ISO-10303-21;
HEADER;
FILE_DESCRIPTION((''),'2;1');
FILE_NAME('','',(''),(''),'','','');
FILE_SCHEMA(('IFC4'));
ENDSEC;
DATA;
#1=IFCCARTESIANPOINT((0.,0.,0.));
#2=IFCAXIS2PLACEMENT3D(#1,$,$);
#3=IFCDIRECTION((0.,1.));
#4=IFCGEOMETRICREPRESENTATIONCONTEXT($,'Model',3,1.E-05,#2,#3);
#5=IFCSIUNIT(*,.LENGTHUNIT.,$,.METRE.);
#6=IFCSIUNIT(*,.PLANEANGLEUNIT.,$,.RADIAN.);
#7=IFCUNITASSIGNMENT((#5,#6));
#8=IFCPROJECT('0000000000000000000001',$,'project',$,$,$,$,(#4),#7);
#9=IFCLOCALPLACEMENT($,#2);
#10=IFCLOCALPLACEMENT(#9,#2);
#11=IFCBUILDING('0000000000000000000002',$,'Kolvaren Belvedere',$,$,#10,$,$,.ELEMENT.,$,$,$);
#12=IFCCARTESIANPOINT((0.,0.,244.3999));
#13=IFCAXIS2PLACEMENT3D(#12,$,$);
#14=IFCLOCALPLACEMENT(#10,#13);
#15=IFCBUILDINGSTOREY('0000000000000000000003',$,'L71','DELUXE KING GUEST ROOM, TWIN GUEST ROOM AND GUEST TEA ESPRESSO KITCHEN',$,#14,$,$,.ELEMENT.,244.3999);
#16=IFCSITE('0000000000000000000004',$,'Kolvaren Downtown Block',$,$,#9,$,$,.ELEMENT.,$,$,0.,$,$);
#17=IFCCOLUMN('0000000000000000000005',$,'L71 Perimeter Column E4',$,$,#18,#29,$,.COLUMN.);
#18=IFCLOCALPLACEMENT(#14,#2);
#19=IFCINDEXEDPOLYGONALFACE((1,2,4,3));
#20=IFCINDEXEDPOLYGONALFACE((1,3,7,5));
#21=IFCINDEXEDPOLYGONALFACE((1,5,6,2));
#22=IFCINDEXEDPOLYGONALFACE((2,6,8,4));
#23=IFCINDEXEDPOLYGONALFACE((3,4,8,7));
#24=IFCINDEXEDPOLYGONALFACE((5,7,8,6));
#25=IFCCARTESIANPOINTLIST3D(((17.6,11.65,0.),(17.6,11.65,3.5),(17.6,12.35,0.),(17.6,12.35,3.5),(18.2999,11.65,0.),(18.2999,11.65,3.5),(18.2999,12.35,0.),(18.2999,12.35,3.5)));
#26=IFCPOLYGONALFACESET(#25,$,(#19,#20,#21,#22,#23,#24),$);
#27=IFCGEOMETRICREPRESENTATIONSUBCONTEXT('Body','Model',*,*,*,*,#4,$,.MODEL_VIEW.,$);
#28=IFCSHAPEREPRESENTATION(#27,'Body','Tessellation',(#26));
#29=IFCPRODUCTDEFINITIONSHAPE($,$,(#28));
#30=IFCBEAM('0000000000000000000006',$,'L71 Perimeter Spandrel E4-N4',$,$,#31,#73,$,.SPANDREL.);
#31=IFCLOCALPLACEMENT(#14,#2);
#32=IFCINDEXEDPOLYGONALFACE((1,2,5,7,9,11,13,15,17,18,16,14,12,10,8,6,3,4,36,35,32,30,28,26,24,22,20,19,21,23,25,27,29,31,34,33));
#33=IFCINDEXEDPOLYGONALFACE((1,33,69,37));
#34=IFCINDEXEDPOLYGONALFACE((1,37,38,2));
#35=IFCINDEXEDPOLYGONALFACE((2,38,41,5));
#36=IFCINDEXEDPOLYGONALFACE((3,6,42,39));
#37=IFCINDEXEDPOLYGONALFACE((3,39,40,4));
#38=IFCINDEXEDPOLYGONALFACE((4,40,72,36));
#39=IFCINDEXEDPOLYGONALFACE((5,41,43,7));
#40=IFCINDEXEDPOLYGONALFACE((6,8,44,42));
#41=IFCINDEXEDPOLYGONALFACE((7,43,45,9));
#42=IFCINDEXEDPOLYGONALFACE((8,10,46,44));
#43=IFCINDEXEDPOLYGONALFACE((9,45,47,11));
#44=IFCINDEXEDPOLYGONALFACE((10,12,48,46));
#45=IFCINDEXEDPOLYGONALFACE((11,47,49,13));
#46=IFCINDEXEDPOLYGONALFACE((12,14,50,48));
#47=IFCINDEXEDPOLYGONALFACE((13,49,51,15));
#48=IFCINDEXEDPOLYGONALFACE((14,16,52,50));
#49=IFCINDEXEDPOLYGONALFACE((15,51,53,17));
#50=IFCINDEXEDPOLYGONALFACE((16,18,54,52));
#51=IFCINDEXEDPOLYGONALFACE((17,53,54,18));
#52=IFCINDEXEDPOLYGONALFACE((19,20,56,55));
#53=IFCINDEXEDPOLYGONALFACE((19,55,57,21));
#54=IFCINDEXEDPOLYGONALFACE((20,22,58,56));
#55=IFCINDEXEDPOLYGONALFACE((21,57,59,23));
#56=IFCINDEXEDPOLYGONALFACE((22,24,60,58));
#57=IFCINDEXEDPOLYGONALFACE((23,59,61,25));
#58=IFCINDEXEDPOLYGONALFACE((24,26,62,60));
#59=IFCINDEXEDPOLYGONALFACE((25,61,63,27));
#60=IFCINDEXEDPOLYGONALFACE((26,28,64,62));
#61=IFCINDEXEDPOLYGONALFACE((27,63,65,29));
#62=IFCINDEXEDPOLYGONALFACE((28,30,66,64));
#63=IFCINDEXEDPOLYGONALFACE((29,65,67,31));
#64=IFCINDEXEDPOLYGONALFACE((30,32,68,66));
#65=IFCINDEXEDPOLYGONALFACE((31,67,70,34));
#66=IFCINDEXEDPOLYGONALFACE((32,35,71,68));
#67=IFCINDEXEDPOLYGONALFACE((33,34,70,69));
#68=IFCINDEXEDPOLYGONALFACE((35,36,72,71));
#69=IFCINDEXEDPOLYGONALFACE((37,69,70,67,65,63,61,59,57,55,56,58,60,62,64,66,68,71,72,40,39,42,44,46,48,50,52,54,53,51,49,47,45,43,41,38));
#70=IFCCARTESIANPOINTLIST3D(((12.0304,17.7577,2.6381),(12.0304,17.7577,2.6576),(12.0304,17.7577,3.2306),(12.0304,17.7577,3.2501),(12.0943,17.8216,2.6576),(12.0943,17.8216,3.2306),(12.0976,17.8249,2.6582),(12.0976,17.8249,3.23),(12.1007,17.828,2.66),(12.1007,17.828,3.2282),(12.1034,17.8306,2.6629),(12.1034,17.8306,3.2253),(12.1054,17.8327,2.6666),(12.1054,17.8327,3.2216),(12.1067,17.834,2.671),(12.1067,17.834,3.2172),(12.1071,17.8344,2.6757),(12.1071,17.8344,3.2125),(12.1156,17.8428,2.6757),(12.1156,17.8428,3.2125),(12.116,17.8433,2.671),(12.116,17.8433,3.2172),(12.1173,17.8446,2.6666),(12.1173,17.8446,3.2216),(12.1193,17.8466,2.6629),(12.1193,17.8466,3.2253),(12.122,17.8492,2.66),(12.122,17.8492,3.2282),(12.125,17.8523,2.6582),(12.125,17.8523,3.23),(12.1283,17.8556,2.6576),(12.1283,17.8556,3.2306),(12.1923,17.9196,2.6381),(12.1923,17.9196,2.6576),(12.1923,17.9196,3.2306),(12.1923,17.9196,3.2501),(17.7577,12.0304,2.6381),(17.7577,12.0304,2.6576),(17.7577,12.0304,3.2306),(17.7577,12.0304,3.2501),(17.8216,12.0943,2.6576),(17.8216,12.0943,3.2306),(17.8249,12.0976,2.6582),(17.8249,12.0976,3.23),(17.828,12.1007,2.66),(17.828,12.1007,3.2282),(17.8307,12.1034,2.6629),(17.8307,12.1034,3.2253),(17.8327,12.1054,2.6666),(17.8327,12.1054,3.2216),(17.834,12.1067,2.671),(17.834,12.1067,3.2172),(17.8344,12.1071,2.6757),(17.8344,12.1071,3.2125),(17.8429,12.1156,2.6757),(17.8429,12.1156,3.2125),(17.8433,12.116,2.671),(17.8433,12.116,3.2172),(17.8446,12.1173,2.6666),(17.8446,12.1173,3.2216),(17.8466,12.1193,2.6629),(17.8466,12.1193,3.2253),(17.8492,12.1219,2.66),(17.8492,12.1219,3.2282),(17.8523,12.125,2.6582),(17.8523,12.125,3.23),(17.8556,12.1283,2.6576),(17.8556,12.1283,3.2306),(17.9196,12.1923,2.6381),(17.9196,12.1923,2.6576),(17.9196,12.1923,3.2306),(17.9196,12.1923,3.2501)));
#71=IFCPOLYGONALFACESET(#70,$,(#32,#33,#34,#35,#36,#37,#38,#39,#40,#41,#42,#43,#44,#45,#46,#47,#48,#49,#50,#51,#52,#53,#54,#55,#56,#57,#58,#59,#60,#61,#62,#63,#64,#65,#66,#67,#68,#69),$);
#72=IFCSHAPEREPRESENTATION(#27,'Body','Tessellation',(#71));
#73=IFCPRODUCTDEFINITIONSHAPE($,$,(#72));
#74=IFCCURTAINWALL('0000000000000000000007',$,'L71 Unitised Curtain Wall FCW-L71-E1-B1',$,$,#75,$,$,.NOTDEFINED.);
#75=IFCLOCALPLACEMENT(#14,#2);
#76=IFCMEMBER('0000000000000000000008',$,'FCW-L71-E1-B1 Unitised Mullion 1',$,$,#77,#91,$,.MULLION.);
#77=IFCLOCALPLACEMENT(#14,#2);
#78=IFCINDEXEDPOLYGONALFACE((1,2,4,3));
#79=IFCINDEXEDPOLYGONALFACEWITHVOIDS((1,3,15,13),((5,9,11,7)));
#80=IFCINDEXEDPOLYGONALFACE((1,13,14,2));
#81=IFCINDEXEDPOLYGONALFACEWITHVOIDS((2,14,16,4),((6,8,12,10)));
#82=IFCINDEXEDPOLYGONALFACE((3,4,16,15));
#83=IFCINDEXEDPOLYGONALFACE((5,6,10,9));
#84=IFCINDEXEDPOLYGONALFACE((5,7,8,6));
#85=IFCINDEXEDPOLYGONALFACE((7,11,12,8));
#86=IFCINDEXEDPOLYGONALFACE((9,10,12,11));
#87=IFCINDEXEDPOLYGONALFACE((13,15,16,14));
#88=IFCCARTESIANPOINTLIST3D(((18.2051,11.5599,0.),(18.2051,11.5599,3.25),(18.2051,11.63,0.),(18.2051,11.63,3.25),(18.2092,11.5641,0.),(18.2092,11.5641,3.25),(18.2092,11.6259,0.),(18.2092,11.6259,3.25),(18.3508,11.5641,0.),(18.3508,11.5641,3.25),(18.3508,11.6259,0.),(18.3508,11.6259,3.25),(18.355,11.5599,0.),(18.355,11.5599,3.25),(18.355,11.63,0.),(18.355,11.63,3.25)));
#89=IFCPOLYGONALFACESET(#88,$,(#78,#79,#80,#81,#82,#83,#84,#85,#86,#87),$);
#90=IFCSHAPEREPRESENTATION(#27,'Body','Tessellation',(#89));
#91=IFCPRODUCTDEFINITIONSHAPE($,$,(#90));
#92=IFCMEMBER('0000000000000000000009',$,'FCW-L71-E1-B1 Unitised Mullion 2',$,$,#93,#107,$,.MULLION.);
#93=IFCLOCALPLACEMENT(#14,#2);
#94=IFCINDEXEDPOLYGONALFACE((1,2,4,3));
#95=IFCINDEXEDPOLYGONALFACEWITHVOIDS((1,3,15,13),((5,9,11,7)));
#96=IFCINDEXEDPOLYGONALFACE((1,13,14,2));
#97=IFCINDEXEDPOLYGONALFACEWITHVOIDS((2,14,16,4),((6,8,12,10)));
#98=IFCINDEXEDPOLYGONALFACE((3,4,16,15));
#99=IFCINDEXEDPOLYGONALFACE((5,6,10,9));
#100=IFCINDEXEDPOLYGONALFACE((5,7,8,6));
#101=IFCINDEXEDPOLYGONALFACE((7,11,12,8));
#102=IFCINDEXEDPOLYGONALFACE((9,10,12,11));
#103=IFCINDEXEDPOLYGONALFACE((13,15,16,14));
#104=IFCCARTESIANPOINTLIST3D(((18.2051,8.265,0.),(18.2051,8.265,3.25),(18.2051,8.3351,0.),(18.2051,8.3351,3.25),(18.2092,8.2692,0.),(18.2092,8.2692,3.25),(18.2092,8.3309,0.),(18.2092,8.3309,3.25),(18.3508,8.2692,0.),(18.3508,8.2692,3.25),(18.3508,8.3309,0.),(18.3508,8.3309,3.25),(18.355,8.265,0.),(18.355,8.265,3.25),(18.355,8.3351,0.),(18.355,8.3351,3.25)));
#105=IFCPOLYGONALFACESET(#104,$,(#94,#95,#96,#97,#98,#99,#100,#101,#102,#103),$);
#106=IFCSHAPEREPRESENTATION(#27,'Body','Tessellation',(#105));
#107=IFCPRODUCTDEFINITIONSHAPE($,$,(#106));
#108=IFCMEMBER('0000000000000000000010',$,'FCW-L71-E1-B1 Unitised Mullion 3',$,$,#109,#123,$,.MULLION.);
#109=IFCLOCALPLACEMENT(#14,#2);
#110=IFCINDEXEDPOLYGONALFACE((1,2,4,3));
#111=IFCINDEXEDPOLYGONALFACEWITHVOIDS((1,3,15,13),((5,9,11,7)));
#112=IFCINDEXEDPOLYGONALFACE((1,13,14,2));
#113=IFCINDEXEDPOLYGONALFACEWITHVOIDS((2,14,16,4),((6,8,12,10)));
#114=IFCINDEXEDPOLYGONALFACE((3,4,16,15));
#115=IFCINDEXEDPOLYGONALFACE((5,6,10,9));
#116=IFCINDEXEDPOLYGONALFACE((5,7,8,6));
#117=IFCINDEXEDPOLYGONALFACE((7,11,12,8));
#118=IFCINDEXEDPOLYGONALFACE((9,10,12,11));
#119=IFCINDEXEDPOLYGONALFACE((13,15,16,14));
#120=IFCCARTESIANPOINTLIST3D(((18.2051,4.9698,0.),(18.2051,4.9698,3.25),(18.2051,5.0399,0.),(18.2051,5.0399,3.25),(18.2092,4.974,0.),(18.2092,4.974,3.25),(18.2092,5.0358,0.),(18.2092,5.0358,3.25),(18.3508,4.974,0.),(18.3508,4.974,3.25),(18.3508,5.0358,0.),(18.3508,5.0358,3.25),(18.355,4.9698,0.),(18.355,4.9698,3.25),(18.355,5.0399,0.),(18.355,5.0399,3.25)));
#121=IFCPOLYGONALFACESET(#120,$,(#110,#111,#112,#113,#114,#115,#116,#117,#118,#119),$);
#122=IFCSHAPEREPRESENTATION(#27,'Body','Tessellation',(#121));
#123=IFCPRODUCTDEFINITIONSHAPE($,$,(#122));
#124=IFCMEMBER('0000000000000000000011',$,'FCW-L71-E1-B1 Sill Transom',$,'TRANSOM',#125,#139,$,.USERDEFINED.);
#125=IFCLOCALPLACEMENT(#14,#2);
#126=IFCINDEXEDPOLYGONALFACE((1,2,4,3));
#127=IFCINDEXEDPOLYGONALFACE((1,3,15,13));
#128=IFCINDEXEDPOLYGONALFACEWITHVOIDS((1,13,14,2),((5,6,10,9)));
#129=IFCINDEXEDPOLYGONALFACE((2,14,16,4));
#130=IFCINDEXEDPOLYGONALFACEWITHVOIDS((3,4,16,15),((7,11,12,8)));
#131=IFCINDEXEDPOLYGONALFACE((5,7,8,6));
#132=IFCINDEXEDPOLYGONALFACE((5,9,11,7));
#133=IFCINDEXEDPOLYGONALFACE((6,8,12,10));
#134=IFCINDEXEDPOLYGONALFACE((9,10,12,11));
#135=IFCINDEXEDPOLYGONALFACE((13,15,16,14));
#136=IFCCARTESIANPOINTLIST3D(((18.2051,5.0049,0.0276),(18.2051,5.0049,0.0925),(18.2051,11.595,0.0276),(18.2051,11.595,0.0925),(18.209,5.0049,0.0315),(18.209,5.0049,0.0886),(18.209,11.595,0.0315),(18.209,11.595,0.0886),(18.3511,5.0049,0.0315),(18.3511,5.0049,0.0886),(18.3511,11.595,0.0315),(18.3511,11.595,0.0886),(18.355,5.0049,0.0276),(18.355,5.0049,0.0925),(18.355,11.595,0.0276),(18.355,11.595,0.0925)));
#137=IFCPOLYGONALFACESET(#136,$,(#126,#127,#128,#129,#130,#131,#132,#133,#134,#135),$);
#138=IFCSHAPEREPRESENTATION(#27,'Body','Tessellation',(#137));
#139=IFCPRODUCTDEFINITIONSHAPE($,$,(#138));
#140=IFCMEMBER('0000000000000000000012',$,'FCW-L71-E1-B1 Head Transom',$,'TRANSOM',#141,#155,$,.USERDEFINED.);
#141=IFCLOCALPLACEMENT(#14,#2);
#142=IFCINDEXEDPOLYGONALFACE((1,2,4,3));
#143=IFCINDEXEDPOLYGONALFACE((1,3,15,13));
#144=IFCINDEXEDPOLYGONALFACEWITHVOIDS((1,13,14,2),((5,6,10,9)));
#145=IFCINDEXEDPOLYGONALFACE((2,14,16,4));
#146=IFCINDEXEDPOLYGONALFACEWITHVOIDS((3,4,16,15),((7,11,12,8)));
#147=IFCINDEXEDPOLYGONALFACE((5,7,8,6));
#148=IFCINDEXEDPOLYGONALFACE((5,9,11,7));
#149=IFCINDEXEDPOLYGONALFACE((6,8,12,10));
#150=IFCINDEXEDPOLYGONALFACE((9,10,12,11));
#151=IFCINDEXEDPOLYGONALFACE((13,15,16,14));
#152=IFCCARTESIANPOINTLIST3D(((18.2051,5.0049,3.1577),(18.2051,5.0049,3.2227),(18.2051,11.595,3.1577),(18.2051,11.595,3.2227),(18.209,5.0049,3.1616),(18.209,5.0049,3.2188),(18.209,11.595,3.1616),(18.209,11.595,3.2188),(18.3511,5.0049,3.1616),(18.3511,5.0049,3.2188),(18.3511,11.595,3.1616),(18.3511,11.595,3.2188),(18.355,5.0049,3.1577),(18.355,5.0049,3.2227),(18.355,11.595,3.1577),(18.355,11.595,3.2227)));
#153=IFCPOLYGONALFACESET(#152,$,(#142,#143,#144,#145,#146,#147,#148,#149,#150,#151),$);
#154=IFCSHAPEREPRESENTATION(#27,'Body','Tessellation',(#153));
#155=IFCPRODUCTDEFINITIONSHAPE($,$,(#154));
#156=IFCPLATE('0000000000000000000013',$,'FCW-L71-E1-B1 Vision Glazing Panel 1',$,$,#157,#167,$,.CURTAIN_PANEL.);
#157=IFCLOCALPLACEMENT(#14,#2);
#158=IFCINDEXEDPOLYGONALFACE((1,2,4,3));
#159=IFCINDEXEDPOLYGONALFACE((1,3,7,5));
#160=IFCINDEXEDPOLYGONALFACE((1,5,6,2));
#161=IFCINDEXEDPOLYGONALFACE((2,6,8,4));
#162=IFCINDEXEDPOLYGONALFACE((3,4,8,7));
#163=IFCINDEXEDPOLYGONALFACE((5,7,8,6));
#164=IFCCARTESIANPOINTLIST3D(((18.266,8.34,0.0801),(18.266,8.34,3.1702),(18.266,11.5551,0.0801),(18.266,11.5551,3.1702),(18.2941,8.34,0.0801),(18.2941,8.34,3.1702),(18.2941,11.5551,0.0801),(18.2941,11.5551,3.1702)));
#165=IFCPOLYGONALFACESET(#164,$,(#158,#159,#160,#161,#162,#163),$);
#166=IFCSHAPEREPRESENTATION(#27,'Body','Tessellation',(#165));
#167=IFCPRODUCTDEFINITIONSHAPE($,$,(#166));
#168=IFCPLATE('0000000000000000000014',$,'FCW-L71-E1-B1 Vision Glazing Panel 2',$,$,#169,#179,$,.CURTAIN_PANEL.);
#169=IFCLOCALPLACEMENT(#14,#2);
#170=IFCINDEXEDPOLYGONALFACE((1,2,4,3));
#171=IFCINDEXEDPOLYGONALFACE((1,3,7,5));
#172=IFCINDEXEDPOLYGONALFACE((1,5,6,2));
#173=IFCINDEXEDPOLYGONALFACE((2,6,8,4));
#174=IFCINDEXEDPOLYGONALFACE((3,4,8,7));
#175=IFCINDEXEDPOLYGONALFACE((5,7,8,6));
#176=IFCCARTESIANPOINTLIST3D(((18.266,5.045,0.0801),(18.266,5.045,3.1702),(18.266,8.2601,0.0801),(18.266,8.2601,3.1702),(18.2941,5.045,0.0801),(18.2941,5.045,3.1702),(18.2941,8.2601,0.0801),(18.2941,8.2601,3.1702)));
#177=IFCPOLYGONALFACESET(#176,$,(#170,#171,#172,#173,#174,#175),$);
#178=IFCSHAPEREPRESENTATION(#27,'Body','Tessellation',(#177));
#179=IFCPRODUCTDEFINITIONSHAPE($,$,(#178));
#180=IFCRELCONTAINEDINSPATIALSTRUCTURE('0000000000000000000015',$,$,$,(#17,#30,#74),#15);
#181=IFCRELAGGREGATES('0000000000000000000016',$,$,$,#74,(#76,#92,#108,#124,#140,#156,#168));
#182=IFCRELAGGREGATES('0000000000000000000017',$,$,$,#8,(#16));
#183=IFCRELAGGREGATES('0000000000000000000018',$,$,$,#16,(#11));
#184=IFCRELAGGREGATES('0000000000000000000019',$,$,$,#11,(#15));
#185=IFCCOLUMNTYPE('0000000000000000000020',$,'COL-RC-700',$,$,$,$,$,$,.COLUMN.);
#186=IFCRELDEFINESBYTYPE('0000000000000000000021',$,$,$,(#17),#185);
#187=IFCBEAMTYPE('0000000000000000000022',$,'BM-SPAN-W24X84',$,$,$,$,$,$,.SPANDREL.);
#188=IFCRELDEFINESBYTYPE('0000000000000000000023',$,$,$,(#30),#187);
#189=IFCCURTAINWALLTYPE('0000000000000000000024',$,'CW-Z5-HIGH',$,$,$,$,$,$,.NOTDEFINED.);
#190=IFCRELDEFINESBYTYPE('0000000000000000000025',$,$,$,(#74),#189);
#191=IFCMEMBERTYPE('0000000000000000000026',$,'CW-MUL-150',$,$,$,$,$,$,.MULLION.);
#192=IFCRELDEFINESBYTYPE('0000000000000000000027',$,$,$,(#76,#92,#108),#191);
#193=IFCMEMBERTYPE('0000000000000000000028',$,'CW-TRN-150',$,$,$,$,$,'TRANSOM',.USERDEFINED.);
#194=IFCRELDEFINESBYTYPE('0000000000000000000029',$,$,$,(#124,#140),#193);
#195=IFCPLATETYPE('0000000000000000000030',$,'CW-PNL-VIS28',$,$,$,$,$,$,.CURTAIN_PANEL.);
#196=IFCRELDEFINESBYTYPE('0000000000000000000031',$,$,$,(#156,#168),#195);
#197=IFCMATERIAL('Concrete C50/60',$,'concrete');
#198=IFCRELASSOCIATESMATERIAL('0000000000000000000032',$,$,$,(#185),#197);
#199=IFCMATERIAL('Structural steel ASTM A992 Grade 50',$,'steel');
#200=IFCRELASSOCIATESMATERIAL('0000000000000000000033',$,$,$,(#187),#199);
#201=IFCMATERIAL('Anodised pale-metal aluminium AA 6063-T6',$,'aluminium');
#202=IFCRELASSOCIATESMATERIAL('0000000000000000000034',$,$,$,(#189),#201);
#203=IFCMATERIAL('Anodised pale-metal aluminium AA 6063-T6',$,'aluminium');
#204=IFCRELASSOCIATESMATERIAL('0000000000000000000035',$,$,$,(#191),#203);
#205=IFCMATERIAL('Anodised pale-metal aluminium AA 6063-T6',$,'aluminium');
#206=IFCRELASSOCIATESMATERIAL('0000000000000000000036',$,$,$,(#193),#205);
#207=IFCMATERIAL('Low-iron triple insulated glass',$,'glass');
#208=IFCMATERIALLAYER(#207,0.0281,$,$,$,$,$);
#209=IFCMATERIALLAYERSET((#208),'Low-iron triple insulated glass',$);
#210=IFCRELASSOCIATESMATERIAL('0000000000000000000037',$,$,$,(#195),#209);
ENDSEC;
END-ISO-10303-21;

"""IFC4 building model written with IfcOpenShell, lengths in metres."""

from ifc_helpers import new_model, si_unit, direction, frame, origin, origin_2d, place, context, subcontext, project, spatial, rectangle, hollow_rectangle, i_section, extrude, material, layer, layer_set, material_profile, profile_set, type_object, element, aggregate, save


model = new_model("IFC4")

# Units and contexts
model_context = context("Model", 3, precision=1e-05, world=origin(), true_north=direction((0.0, 1.0)))
body_context = subcontext(model_context, "Body", "Model", "MODEL_VIEW")
ifc_project = project(units=[si_unit("LENGTHUNIT", "METRE"), si_unit("PLANEANGLEUNIT", "RADIAN")], contexts=[model_context])

# Site, building, storey
site_placement = place(None, origin())
site = spatial("IfcSite", under=ifc_project, at=site_placement, Name="Kolvaren Downtown Block", CompositionType="ELEMENT", RefElevation=0.0)
building_placement = place(site_placement, origin())
building = spatial("IfcBuilding", under=site, at=building_placement, Name="Kolvaren Belvedere", CompositionType="ELEMENT")
storey_placement = place(building_placement, frame((0.0, 0.0, 244.3999)))
storey = spatial("IfcBuildingStorey", under=building, at=storey_placement, Name="L71", Description="DELUXE KING GUEST ROOM, TWIN GUEST ROOM AND GUEST TEA ESPRESSO KITCHEN", CompositionType="ELEMENT", Elevation=244.3999)

# Column
ifc_material_1 = material(Name="Concrete C50/60", Category="concrete")
ifc_material_profile_1 = material_profile(ifc_material_1, rectangle(XDim=0.7, YDim=0.7, at=origin_2d()), Name="RC 700X700")
ifc_profile_set_1 = profile_set([ifc_material_profile_1], Name="Concrete C50/60")
column_type = type_object("IfcColumnType", Name="COL-RC-700", PredefinedType="COLUMN", material=ifc_profile_set_1)
column_placement = place(storey_placement, frame((17.95, 12.0, 0.0), z_axis=(0.0, 0.0, 1.0), x_axis=(1.0, 0.0, 0.0)))
element("IfcColumn", 1, at=column_placement, inside=storey, type_object=column_type, Name="L71 Perimeter Column E4", PredefinedType="COLUMN", context=body_context, shape_type="SweptSolid", body=[
    extrude(rectangle(XDim=0.7, YDim=0.7, at=origin_2d()), origin(), (0.0, 0.0, 1.0), 3.5),
])

# Beam
ifc_material_2 = material(Name="Structural steel ASTM A992 Grade 50", Category="steel")
ifc_material_profile_2 = material_profile(ifc_material_2, i_section(OverallWidth=0.229, OverallDepth=0.6121, WebThickness=0.012, FlangeThickness=0.0195, FilletRadius=0.0181, at=origin_2d()), Name="W24X84")
ifc_profile_set_2 = profile_set([ifc_material_profile_2], Name="Structural steel ASTM A992 Grade 50")
beam_type = type_object("IfcBeamType", Name="BM-SPAN-W24X84", PredefinedType="SPANDREL", material=ifc_profile_set_2)
beam_placement = place(storey_placement, frame((17.8386, 12.1113, 2.9441), z_axis=(-0.707107, 0.707107, 0.0), x_axis=(-0.707107, -0.707107, 0.0)))
element("IfcBeam", 2, at=beam_placement, inside=storey, type_object=beam_type, Name="L71 Perimeter Spandrel E4-N4", PredefinedType="SPANDREL", context=body_context, shape_type="SweptSolid", body=[
    extrude(i_section(OverallWidth=0.229, OverallDepth=0.6121, WebThickness=0.012, FlangeThickness=0.0195, FilletRadius=0.0181, at=origin_2d()), origin(), (0.0, 0.0, 1.0), 8.0996),
])

# Curtain wall, members, plates
ifc_material_3 = material(Name="Anodised pale-metal aluminium AA 6063-T6", Category="aluminium")
curtain_wall_type = type_object("IfcCurtainWallType", Name="CW-Z5-HIGH", PredefinedType="NOTDEFINED", material=ifc_material_3)
curtain_wall_placement = place(storey_placement, origin())
curtain_wall = element("IfcCurtainWall", 3, at=curtain_wall_placement, inside=storey, type_object=curtain_wall_type, Name="L71 Unitised Curtain Wall FCW-L71-E1-B1", PredefinedType="NOTDEFINED")
ifc_material_4 = material(Name="Anodised pale-metal aluminium AA 6063-T6", Category="aluminium")
ifc_material_profile_3 = material_profile(ifc_material_4, hollow_rectangle(XDim=0.0701, YDim=0.1499, WallThickness=0.0042, at=origin_2d()), Name="ALU-MUL-150X70")
ifc_profile_set_3 = profile_set([ifc_material_profile_3], Name="Anodised pale-metal aluminium AA 6063-T6")
member_type_1 = type_object("IfcMemberType", Name="CW-MUL-150", PredefinedType="MULLION", material=ifc_profile_set_3)
member_1_placement = place(storey_placement, frame((18.28, 11.595, 0.0), z_axis=(0.0, 0.0, 1.0), x_axis=(0.0, 1.0, 0.0)))
member_1 = element("IfcMember", 4, at=member_1_placement, type_object=member_type_1, Name="FCW-L71-E1-B1 Unitised Mullion 1", PredefinedType="MULLION", context=body_context, shape_type="SweptSolid", body=[
    extrude(hollow_rectangle(XDim=0.0701, YDim=0.1499, WallThickness=0.0042, at=origin_2d()), origin(), (0.0, 0.0, 1.0), 3.25),
])
member_2_placement = place(storey_placement, frame((18.28, 8.3, 0.0), z_axis=(0.0, 0.0, 1.0), x_axis=(0.0, 1.0, 0.0)))
member_2 = element("IfcMember", 5, at=member_2_placement, type_object=member_type_1, Name="FCW-L71-E1-B1 Unitised Mullion 2", PredefinedType="MULLION", context=body_context, shape_type="SweptSolid", body=[
    extrude(hollow_rectangle(XDim=0.0701, YDim=0.1499, WallThickness=0.0042, at=origin_2d()), origin(), (0.0, 0.0, 1.0), 3.25),
])
member_3_placement = place(storey_placement, frame((18.28, 5.0049, 0.0), z_axis=(0.0, 0.0, 1.0), x_axis=(0.0, 1.0, 0.0)))
member_3 = element("IfcMember", 6, at=member_3_placement, type_object=member_type_1, Name="FCW-L71-E1-B1 Unitised Mullion 3", PredefinedType="MULLION", context=body_context, shape_type="SweptSolid", body=[
    extrude(hollow_rectangle(XDim=0.0701, YDim=0.1499, WallThickness=0.0042, at=origin_2d()), origin(), (0.0, 0.0, 1.0), 3.25),
])
ifc_material_5 = material(Name="Anodised pale-metal aluminium AA 6063-T6", Category="aluminium")
ifc_material_profile_4 = material_profile(ifc_material_5, hollow_rectangle(XDim=0.0649, YDim=0.1499, WallThickness=0.0039, at=origin_2d()), Name="ALU-TRN-150X65")
ifc_profile_set_4 = profile_set([ifc_material_profile_4], Name="Anodised pale-metal aluminium AA 6063-T6")
member_type_2 = type_object("IfcMemberType", Name="CW-TRN-150", ElementType="TRANSOM", PredefinedType="USERDEFINED", material=ifc_profile_set_4)
member_4_placement = place(storey_placement, frame((18.28, 11.595, 0.0601), z_axis=(0.0, -1.0, 0.0), x_axis=(0.0, 0.0, 1.0)))
member_4 = element("IfcMember", 7, at=member_4_placement, type_object=member_type_2, Name="FCW-L71-E1-B1 Sill Transom", ObjectType="TRANSOM", PredefinedType="USERDEFINED", context=body_context, shape_type="SweptSolid", body=[
    extrude(hollow_rectangle(XDim=0.0649, YDim=0.1499, WallThickness=0.0039, at=origin_2d()), origin(), (0.0, 0.0, 1.0), 6.5901),
])
member_5_placement = place(storey_placement, frame((18.28, 11.595, 3.1902), z_axis=(0.0, -1.0, 0.0), x_axis=(0.0, 0.0, 1.0)))
member_5 = element("IfcMember", 8, at=member_5_placement, type_object=member_type_2, Name="FCW-L71-E1-B1 Head Transom", ObjectType="TRANSOM", PredefinedType="USERDEFINED", context=body_context, shape_type="SweptSolid", body=[
    extrude(hollow_rectangle(XDim=0.0649, YDim=0.1499, WallThickness=0.0039, at=origin_2d()), origin(), (0.0, 0.0, 1.0), 6.5901),
])
ifc_material_6 = material(Name="Low-iron triple insulated glass", Category="glass")
ifc_layer_1 = layer(ifc_material_6, 0.0281)
ifc_layer_set_1 = layer_set([ifc_layer_1], Name="Low-iron triple insulated glass")
plate_type_1 = type_object("IfcPlateType", Name="CW-PNL-VIS28", PredefinedType="CURTAIN_PANEL", material=ifc_layer_set_1)
plate_1_placement = place(storey_placement, frame((18.28, 9.9475, 0.0801), z_axis=(0.0, 0.0, 1.0), x_axis=(0.0, -1.0, 0.0)))
plate_1 = element("IfcPlate", 9, at=plate_1_placement, type_object=plate_type_1, Name="FCW-L71-E1-B1 Vision Glazing Panel 1", PredefinedType="CURTAIN_PANEL", context=body_context, shape_type="SweptSolid", body=[
    extrude(rectangle(XDim=3.2151, YDim=0.0281, at=origin_2d()), origin(), (0.0, 0.0, 1.0), 3.0901),
])
plate_2_placement = place(storey_placement, frame((18.28, 6.6526, 0.0801), z_axis=(0.0, 0.0, 1.0), x_axis=(0.0, -1.0, 0.0)))
plate_2 = element("IfcPlate", 10, at=plate_2_placement, type_object=plate_type_1, Name="FCW-L71-E1-B1 Vision Glazing Panel 2", PredefinedType="CURTAIN_PANEL", context=body_context, shape_type="SweptSolid", body=[
    extrude(rectangle(XDim=3.2151, YDim=0.0281, at=origin_2d()), origin(), (0.0, 0.0, 1.0), 3.0901),
])
aggregate(curtain_wall, [member_1, member_2, member_3, member_4, member_5, plate_1, plate_2])

save(model, "model.ifc")
